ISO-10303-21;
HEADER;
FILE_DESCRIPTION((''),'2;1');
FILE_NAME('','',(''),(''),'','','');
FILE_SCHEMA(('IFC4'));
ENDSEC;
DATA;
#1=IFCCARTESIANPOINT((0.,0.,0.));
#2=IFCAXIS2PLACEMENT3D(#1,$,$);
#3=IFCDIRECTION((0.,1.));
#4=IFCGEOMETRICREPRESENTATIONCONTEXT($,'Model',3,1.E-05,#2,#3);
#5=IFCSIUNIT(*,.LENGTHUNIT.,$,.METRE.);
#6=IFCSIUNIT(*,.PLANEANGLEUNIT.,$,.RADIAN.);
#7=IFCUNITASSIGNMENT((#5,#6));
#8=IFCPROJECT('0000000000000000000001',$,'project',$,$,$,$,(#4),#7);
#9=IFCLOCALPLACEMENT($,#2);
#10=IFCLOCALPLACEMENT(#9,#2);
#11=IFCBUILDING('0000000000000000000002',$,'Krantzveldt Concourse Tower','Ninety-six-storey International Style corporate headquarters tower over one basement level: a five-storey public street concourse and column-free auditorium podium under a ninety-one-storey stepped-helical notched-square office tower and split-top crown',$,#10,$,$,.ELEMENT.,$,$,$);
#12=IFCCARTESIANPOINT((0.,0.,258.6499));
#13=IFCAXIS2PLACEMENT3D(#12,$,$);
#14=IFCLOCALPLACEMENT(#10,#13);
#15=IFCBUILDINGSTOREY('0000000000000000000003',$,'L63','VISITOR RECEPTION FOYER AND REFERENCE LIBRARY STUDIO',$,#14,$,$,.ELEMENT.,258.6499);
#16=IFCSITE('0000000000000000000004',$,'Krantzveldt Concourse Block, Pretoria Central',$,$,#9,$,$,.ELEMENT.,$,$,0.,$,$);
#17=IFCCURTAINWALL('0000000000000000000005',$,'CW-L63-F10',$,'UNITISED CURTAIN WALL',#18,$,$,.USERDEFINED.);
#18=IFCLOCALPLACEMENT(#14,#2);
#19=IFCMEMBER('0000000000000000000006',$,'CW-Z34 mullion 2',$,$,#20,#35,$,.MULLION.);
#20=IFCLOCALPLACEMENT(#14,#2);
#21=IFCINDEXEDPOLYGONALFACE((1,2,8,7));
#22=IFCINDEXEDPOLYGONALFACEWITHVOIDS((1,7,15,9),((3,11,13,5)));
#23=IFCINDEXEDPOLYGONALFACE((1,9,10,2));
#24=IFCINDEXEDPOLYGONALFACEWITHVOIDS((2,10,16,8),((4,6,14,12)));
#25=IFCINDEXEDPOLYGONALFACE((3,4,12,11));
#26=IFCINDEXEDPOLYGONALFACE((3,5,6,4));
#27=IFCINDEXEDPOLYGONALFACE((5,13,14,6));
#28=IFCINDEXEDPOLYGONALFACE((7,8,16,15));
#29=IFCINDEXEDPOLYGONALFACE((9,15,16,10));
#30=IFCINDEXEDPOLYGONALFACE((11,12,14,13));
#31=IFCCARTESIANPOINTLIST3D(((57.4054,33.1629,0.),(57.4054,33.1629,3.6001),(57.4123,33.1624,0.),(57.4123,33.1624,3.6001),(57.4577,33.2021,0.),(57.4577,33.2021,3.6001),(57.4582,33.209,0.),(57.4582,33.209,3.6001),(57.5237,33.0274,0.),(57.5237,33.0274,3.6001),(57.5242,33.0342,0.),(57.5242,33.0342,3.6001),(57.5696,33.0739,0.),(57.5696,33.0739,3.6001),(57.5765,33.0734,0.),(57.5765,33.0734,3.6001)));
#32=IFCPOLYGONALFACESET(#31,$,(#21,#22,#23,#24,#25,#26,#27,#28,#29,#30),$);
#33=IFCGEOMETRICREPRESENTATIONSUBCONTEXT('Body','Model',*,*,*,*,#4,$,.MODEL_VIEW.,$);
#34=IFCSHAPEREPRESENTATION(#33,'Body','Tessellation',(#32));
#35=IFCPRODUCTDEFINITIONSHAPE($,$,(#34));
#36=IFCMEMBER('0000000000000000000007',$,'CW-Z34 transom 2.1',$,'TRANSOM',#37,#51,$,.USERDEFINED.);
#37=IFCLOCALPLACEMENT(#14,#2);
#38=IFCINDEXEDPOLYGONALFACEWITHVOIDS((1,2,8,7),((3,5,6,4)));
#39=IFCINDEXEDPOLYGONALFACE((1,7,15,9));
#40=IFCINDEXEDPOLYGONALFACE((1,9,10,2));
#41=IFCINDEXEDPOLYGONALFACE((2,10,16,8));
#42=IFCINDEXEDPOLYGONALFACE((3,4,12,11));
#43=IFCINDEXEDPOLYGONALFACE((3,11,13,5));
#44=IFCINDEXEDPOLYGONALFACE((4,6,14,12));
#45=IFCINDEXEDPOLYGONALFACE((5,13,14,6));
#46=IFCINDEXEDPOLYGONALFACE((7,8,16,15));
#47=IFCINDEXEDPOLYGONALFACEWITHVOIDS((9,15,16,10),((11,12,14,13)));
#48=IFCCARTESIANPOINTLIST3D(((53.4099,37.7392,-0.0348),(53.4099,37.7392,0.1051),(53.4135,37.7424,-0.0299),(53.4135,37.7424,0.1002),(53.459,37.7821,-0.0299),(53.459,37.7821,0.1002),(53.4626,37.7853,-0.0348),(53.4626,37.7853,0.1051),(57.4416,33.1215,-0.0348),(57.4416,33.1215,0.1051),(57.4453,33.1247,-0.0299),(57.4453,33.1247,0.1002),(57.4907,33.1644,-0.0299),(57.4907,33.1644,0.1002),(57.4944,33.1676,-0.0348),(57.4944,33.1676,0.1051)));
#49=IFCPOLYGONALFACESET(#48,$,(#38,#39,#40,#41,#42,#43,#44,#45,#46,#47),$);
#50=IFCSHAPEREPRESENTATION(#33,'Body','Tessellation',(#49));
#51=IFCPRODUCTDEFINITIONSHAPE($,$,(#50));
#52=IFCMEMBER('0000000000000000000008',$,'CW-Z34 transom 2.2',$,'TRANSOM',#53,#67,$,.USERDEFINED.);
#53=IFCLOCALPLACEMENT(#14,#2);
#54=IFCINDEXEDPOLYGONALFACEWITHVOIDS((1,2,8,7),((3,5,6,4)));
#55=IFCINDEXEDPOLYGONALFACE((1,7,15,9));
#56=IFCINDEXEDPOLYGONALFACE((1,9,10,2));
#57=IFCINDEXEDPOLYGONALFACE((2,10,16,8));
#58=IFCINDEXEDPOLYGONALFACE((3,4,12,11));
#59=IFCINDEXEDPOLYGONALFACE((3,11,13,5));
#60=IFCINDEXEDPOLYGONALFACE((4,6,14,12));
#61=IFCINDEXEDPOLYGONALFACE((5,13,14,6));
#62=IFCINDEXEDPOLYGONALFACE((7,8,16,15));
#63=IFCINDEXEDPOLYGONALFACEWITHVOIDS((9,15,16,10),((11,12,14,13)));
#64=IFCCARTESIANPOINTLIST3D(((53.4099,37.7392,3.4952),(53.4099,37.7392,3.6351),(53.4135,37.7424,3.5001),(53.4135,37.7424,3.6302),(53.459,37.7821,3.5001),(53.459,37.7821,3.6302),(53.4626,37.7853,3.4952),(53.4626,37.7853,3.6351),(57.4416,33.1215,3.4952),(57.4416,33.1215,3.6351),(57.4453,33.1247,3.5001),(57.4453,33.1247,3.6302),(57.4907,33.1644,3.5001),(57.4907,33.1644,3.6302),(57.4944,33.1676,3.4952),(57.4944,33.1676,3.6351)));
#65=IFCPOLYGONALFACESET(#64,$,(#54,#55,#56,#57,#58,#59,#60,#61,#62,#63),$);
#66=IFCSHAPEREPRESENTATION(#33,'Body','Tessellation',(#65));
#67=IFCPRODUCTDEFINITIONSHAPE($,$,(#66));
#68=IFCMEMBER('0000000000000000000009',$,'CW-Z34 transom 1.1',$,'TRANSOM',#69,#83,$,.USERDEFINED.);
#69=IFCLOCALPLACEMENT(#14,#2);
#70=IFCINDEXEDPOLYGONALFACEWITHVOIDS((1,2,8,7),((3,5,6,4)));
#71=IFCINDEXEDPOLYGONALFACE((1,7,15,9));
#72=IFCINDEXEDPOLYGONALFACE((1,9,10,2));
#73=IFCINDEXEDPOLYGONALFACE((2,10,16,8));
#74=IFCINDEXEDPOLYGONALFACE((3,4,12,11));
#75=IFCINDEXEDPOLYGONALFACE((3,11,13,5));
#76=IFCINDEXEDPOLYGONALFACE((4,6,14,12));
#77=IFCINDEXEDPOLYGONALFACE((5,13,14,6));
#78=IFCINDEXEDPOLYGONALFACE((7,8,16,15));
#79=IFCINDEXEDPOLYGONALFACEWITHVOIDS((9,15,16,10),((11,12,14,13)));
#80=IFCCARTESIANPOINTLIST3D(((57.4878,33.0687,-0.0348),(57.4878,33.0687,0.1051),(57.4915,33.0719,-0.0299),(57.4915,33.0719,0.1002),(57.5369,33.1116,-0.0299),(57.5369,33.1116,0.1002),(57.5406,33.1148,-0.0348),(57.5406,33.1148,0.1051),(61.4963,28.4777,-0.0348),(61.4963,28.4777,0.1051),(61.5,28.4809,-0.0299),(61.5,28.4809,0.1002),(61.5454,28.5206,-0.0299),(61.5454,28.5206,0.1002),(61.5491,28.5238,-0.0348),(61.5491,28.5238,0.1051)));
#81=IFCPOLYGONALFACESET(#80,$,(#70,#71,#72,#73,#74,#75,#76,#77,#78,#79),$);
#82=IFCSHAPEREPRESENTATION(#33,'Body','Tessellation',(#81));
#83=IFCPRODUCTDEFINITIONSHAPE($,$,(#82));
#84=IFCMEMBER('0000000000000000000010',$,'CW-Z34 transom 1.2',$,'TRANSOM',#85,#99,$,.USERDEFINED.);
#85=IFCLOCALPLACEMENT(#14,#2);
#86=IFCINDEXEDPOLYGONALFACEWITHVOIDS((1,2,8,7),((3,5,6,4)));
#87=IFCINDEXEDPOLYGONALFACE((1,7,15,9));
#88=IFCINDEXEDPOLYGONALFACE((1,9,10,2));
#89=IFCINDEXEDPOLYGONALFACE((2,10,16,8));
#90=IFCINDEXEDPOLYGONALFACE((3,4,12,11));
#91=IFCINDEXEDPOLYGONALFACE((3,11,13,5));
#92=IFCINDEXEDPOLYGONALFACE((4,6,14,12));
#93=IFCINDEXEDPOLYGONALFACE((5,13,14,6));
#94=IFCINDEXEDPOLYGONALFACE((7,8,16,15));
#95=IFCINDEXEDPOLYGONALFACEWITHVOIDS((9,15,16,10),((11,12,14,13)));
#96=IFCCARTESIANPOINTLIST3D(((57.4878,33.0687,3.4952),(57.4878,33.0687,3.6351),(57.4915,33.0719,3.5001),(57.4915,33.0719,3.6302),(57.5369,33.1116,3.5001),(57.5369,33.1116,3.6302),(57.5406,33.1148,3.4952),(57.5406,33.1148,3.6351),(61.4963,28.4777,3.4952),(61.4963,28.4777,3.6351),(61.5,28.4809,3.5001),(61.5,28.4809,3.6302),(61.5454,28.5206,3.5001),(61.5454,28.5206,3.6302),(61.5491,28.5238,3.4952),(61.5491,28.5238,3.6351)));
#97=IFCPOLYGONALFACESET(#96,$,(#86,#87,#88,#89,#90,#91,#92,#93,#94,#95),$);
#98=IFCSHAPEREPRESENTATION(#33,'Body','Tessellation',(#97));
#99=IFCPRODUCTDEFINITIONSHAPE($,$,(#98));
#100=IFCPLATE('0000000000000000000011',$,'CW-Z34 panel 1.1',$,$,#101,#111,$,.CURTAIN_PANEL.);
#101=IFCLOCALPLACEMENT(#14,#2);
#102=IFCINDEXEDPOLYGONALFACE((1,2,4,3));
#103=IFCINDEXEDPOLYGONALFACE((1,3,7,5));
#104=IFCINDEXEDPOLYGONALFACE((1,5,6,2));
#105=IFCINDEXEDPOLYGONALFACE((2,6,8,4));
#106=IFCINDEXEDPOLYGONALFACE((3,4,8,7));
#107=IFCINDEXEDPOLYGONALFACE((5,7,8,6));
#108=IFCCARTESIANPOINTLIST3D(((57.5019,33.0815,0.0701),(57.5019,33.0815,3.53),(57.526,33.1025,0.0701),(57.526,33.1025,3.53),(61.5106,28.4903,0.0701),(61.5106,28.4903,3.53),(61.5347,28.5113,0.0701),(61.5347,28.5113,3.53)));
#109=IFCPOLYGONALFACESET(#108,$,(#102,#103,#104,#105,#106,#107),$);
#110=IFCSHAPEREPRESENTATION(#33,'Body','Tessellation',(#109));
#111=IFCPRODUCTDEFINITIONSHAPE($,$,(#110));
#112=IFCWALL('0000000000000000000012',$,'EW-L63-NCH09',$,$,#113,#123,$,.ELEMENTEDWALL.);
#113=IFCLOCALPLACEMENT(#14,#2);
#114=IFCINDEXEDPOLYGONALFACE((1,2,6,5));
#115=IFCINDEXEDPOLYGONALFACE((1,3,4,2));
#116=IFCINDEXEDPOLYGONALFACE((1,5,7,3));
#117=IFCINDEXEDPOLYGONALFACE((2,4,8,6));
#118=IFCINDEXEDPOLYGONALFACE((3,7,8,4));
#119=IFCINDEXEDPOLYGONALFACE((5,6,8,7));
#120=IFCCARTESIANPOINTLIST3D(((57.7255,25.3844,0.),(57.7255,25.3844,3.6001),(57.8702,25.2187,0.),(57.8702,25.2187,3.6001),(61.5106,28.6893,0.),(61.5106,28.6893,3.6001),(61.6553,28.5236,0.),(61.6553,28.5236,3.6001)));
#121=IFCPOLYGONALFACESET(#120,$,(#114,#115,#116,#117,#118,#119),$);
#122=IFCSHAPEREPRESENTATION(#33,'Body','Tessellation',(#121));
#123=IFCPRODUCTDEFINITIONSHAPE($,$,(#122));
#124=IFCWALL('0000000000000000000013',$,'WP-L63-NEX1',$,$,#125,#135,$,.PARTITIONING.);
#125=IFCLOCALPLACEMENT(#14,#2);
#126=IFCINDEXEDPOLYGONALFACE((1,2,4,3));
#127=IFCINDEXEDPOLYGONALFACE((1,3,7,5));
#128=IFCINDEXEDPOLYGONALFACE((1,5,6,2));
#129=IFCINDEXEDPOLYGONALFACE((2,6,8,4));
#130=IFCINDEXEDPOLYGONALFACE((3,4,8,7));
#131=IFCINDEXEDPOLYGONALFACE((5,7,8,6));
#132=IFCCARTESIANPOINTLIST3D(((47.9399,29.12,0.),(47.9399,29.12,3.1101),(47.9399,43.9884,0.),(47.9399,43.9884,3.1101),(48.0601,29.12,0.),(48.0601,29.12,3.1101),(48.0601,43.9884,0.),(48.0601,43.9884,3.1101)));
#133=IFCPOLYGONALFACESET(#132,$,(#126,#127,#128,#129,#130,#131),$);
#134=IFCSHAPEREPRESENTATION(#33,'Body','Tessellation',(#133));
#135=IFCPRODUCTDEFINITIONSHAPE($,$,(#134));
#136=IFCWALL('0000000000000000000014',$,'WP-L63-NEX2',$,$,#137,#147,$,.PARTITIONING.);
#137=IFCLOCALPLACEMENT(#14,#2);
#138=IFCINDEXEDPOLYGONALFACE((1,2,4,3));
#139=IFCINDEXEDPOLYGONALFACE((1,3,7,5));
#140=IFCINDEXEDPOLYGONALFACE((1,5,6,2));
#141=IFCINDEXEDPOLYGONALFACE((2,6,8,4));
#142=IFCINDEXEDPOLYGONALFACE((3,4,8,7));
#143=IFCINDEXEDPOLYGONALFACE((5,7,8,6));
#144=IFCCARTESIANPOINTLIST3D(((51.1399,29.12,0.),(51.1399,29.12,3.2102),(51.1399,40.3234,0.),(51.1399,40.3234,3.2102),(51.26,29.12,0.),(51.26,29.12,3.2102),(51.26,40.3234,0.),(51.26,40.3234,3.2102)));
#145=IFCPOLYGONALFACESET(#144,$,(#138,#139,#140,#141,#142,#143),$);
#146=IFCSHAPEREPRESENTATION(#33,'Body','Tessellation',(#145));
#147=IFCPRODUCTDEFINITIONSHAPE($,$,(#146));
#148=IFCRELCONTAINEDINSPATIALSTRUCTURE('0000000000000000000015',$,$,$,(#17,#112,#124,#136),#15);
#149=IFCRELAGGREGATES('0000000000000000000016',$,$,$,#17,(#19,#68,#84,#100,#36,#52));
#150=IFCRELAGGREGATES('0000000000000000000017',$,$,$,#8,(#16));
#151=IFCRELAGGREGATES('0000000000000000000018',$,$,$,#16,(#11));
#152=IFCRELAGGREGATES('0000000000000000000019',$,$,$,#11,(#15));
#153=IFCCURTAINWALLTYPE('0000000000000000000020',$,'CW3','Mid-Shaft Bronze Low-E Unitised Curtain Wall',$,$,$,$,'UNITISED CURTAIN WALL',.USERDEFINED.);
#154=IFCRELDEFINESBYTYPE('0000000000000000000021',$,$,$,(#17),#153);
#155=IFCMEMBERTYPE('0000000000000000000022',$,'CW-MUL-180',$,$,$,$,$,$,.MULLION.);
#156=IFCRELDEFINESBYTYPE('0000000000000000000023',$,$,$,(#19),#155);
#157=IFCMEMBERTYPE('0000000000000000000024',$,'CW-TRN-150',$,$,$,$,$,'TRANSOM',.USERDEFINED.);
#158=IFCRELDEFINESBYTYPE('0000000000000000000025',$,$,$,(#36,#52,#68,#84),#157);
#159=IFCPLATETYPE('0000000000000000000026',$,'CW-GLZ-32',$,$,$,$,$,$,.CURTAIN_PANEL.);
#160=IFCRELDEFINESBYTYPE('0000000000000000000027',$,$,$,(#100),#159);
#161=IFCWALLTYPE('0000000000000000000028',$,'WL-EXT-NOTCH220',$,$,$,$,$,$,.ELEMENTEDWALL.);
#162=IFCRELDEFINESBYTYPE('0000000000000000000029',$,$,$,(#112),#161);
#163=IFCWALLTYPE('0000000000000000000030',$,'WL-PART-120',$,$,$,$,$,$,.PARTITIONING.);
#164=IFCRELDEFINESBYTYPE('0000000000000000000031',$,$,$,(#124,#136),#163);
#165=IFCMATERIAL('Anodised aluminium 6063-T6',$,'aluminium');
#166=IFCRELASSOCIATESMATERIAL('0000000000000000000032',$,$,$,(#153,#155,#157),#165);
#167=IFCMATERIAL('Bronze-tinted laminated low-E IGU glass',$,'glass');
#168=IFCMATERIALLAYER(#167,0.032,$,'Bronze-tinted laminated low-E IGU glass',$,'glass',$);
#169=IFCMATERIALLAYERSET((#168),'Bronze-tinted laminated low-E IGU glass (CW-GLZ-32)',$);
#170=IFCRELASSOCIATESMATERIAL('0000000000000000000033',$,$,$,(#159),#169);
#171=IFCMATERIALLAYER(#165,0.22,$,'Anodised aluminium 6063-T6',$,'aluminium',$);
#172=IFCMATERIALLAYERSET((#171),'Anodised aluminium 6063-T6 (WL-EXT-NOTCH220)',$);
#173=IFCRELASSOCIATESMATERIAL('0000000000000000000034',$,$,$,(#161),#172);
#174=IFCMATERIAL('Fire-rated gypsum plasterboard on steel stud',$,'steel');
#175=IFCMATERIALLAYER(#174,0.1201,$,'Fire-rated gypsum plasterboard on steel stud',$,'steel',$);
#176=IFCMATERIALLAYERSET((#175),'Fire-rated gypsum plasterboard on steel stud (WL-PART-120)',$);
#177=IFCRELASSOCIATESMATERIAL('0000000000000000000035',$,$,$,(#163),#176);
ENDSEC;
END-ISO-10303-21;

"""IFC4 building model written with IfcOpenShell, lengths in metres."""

from ifc_helpers import new_model, si_unit, direction, frame, frame_2d, origin, origin_2d, place, context, subcontext, project, spatial, rectangle, hollow_rectangle, extrude, source, transform, mapped, material, layer, layer_set, material_profile, profile_set, type_object, type_shapes, element, aggregate, save


model = new_model("IFC4")

# Units and contexts
model_context = context("Model", 3, precision=1e-05, world=origin(), true_north=direction((0.0, 1.0)))
body_context = subcontext(model_context, "Body", "Model", "MODEL_VIEW")
ifc_project = project(units=[si_unit("LENGTHUNIT", "METRE"), si_unit("PLANEANGLEUNIT", "RADIAN")], contexts=[model_context])

# Site, building, storey
site_placement = place(None, origin())
site = spatial("IfcSite", under=ifc_project, at=site_placement, Name="Krantzveldt Concourse Block, Pretoria Central", CompositionType="ELEMENT", RefElevation=0.0)
building_placement = place(site_placement, origin())
building = spatial("IfcBuilding", under=site, at=building_placement, Name="Krantzveldt Concourse Tower", Description="Ninety-six-storey International Style corporate headquarters tower over one basement level: a five-storey public street concourse and column-free auditorium podium under a ninety-one-storey stepped-helical notched-square office tower and split-top crown", CompositionType="ELEMENT")
storey_placement = place(building_placement, frame((0.0, 0.0, 258.6499)))
storey = spatial("IfcBuildingStorey", under=building, at=storey_placement, Name="L63", Description="VISITOR RECEPTION FOYER AND REFERENCE LIBRARY STUDIO", CompositionType="ELEMENT", Elevation=258.6499)

# Curtain wall, members, plate
ifc_material_1 = material(Name="Anodised aluminium 6063-T6", Category="aluminium")
curtain_wall_type = type_object("IfcCurtainWallType", Name="CW3", Description="Mid-Shaft Bronze Low-E Unitised Curtain Wall", ElementType="UNITISED CURTAIN WALL", PredefinedType="USERDEFINED", material=ifc_material_1)
curtain_wall_placement = place(storey_placement, origin())
curtain_wall = element("IfcCurtainWall", 1, at=curtain_wall_placement, inside=storey, type_object=curtain_wall_type, Name="CW-L63-F10", ObjectType="UNITISED CURTAIN WALL", PredefinedType="USERDEFINED")
ifc_material_profile_1 = material_profile(ifc_material_1, hollow_rectangle(XDim=0.0701, YDim=0.1799, WallThickness=0.0049, at=origin_2d()), Name="Anodised aluminium 6063-T6", Category="aluminium")
ifc_profile_set_1 = profile_set([ifc_material_profile_1], Name="Anodised aluminium 6063-T6 - ALU-MULL 180x70x5")
member_type_1 = type_object("IfcMemberType", Name="CW-MUL-180", PredefinedType="MULLION", material=ifc_profile_set_1)
shared_shape_1 = source(origin(), body_context, "Body", "SweptSolid", [
    extrude(hollow_rectangle(XDim=0.0701, YDim=0.1799, WallThickness=0.0049, at=origin_2d()), origin(), (0.0, 0.0, 1.0), 3.6001),
])
type_shapes(member_type_1, [shared_shape_1])
member_1_placement = place(storey_placement, frame((57.491, 33.1182, 0.0), z_axis=(0.0, 0.0, 1.0), x_axis=(-0.753277, -0.657704, 0.0)))
member_1 = element("IfcMember", 2, at=member_1_placement, type_object=member_type_1, Name="CW-Z34 mullion 2", PredefinedType="MULLION", context=body_context, shape_type="MappedRepresentation", body=[
    mapped(shared_shape_1, transform((0.0, 0.0, 0.0), x_axis=(1.0, 0.0, 0.0), y_axis=(0.0, 1.0, 0.0), z_axis=(0.0, 0.0, 1.0), scale=1.0)),
])
ifc_material_profile_2 = material_profile(ifc_material_1, hollow_rectangle(XDim=0.0701, YDim=0.1399, WallThickness=0.0049, at=origin_2d()), Name="Anodised aluminium 6063-T6", Category="aluminium")
ifc_profile_set_2 = profile_set([ifc_material_profile_2], Name="Anodised aluminium 6063-T6 - ALU-TRAN 140x70x5")
member_type_2 = type_object("IfcMemberType", Name="CW-TRN-150", ElementType="TRANSOM", PredefinedType="USERDEFINED", material=ifc_profile_set_2)
shared_shape_2 = source(origin(), body_context, "Body", "SweptSolid", [
    extrude(hollow_rectangle(XDim=0.0701, YDim=0.1399, WallThickness=0.0049, at=origin_2d()), origin(), (0.0, 0.0, 1.0), 6.1301),
])
member_2_placement = place(storey_placement, frame((57.468, 33.1445, 0.0352), z_axis=(-0.657698, 0.753282, 0.0), x_axis=(-0.753282, -0.657698, 0.0)))
member_2 = element("IfcMember", 3, at=member_2_placement, type_object=member_type_2, Name="CW-Z34 transom 2.1", ObjectType="TRANSOM", PredefinedType="USERDEFINED", context=body_context, shape_type="MappedRepresentation", body=[
    mapped(shared_shape_2, transform((0.0, 0.0, 0.0), x_axis=(1.0, 0.0, 0.0), y_axis=(0.0, 1.0, 0.0), z_axis=(0.0, 0.0, 1.0), scale=1.0)),
])
member_3_placement = place(storey_placement, frame((57.468, 33.1445, 3.5652), z_axis=(-0.657698, 0.753282, 0.0), x_axis=(-0.753282, -0.657698, 0.0)))
member_3 = element("IfcMember", 4, at=member_3_placement, type_object=member_type_2, Name="CW-Z34 transom 2.2", ObjectType="TRANSOM", PredefinedType="USERDEFINED", context=body_context, shape_type="MappedRepresentation", body=[
    mapped(shared_shape_2, transform((0.0, 0.0, 0.0), x_axis=(1.0, 0.0, 0.0), y_axis=(0.0, 1.0, 0.0), z_axis=(0.0, 0.0, 1.0), scale=1.0)),
])
shared_shape_3 = source(origin(), body_context, "Body", "SweptSolid", [
    extrude(hollow_rectangle(XDim=0.0701, YDim=0.1399, WallThickness=0.0049, at=origin_2d()), origin(), (0.0, 0.0, 1.0), 6.0947),
])
type_shapes(member_type_2, [shared_shape_2, shared_shape_3])
member_4_placement = place(storey_placement, frame((61.5227, 28.5007, 0.0352), z_axis=(-0.657702, 0.753279, 0.0), x_axis=(-0.753279, -0.657702, 0.0)))
member_4 = element("IfcMember", 5, at=member_4_placement, type_object=member_type_2, Name="CW-Z34 transom 1.1", ObjectType="TRANSOM", PredefinedType="USERDEFINED", context=body_context, shape_type="MappedRepresentation", body=[
    mapped(shared_shape_3, transform((0.0, 0.0, 0.0), x_axis=(1.0, 0.0, 0.0), y_axis=(0.0, 1.0, 0.0), z_axis=(0.0, 0.0, 1.0), scale=1.0)),
])
member_5_placement = place(storey_placement, frame((61.5227, 28.5007, 3.5652), z_axis=(-0.657702, 0.753279, 0.0), x_axis=(-0.753279, -0.657702, 0.0)))
member_5 = element("IfcMember", 6, at=member_5_placement, type_object=member_type_2, Name="CW-Z34 transom 1.2", ObjectType="TRANSOM", PredefinedType="USERDEFINED", context=body_context, shape_type="MappedRepresentation", body=[
    mapped(shared_shape_3, transform((0.0, 0.0, 0.0), x_axis=(1.0, 0.0, 0.0), y_axis=(0.0, 1.0, 0.0), z_axis=(0.0, 0.0, 1.0), scale=1.0)),
])
ifc_material_2 = material(Name="Bronze-tinted laminated low-E IGU glass", Category="glass")
ifc_layer_1 = layer(ifc_material_2, 0.032, Name="Bronze-tinted laminated low-E IGU glass", Category="glass")
ifc_layer_set_1 = layer_set([ifc_layer_1], Name="Bronze-tinted laminated low-E IGU glass (CW-GLZ-32)")
plate_type = type_object("IfcPlateType", Name="CW-GLZ-32", PredefinedType="CURTAIN_PANEL", material=ifc_layer_set_1)
shared_shape_4 = source(origin(), body_context, "Body", "SweptSolid", [
    extrude(rectangle(XDim=6.095, YDim=0.032, at=origin_2d()), origin(), (0.0, 0.0, 1.0), 3.46),
])
type_shapes(plate_type, [shared_shape_4])
plate_placement = place(storey_placement, frame((59.5183, 30.7964, 0.0701), z_axis=(0.0, 0.0, 1.0), x_axis=(-0.657704, 0.753277, 0.0)))
plate = element("IfcPlate", 7, at=plate_placement, type_object=plate_type, Name="CW-Z34 panel 1.1", PredefinedType="CURTAIN_PANEL", context=body_context, shape_type="MappedRepresentation", body=[
    mapped(shared_shape_4, transform((0.0, 0.0, 0.0), x_axis=(1.0, 0.0, 0.0), y_axis=(0.0, 1.0, 0.0), z_axis=(0.0, 0.0, 1.0), scale=1.0)),
])
aggregate(curtain_wall, [member_1, member_4, member_5, plate, member_2, member_3])

# Walls
ifc_layer_2 = layer(ifc_material_1, 0.22, Name="Anodised aluminium 6063-T6", Category="aluminium")
ifc_layer_set_2 = layer_set([ifc_layer_2], Name="Anodised aluminium 6063-T6 (WL-EXT-NOTCH220)")
wall_type_1 = type_object("IfcWallType", Name="WL-EXT-NOTCH220", PredefinedType="ELEMENTEDWALL", material=ifc_layer_set_2)
wall_1_placement = place(storey_placement, frame((57.7979, 25.3015, 0.0), z_axis=(0.0, 0.0, 1.0), x_axis=(0.753275, 0.657706, 0.0)))
element("IfcWall", 8, at=wall_1_placement, inside=storey, type_object=wall_type_1, Name="EW-L63-NCH09", PredefinedType="ELEMENTEDWALL", context=body_context, shape_type="SweptSolid", body=[
    extrude(rectangle(XDim=5.0249, YDim=0.22, at=frame_2d((2.5125, 0.0))), origin(), (0.0, 0.0, 1.0), 3.6001),
])
ifc_material_3 = material(Name="Fire-rated gypsum plasterboard on steel stud", Category="steel")
ifc_layer_3 = layer(ifc_material_3, 0.1201, Name="Fire-rated gypsum plasterboard on steel stud", Category="steel")
ifc_layer_set_3 = layer_set([ifc_layer_3], Name="Fire-rated gypsum plasterboard on steel stud (WL-PART-120)")
wall_type_2 = type_object("IfcWallType", Name="WL-PART-120", PredefinedType="PARTITIONING", material=ifc_layer_set_3)
wall_2_placement = place(storey_placement, frame((48.0, 29.1201, 0.0), z_axis=(0.0, 0.0, 1.0), x_axis=(0.0, 1.0, 0.0)))
element("IfcWall", 9, at=wall_2_placement, inside=storey, type_object=wall_type_2, Name="WP-L63-NEX1", PredefinedType="PARTITIONING", context=body_context, shape_type="SweptSolid", body=[
    extrude(rectangle(XDim=14.8684, YDim=0.1201, at=frame_2d((7.4341, 0.0))), origin(), (0.0, 0.0, 1.0), 3.1101),
])
wall_3_placement = place(storey_placement, frame((51.2, 29.1201, 0.0), z_axis=(0.0, 0.0, 1.0), x_axis=(0.0, 1.0, 0.0)))
element("IfcWall", 10, at=wall_3_placement, inside=storey, type_object=wall_type_2, Name="WP-L63-NEX2", PredefinedType="PARTITIONING", context=body_context, shape_type="SweptSolid", body=[
    extrude(rectangle(XDim=11.2034, YDim=0.1201, at=frame_2d((5.6016, 0.0))), origin(), (0.0, 0.0, 1.0), 3.2102),
])

save(model, "model.ifc")
